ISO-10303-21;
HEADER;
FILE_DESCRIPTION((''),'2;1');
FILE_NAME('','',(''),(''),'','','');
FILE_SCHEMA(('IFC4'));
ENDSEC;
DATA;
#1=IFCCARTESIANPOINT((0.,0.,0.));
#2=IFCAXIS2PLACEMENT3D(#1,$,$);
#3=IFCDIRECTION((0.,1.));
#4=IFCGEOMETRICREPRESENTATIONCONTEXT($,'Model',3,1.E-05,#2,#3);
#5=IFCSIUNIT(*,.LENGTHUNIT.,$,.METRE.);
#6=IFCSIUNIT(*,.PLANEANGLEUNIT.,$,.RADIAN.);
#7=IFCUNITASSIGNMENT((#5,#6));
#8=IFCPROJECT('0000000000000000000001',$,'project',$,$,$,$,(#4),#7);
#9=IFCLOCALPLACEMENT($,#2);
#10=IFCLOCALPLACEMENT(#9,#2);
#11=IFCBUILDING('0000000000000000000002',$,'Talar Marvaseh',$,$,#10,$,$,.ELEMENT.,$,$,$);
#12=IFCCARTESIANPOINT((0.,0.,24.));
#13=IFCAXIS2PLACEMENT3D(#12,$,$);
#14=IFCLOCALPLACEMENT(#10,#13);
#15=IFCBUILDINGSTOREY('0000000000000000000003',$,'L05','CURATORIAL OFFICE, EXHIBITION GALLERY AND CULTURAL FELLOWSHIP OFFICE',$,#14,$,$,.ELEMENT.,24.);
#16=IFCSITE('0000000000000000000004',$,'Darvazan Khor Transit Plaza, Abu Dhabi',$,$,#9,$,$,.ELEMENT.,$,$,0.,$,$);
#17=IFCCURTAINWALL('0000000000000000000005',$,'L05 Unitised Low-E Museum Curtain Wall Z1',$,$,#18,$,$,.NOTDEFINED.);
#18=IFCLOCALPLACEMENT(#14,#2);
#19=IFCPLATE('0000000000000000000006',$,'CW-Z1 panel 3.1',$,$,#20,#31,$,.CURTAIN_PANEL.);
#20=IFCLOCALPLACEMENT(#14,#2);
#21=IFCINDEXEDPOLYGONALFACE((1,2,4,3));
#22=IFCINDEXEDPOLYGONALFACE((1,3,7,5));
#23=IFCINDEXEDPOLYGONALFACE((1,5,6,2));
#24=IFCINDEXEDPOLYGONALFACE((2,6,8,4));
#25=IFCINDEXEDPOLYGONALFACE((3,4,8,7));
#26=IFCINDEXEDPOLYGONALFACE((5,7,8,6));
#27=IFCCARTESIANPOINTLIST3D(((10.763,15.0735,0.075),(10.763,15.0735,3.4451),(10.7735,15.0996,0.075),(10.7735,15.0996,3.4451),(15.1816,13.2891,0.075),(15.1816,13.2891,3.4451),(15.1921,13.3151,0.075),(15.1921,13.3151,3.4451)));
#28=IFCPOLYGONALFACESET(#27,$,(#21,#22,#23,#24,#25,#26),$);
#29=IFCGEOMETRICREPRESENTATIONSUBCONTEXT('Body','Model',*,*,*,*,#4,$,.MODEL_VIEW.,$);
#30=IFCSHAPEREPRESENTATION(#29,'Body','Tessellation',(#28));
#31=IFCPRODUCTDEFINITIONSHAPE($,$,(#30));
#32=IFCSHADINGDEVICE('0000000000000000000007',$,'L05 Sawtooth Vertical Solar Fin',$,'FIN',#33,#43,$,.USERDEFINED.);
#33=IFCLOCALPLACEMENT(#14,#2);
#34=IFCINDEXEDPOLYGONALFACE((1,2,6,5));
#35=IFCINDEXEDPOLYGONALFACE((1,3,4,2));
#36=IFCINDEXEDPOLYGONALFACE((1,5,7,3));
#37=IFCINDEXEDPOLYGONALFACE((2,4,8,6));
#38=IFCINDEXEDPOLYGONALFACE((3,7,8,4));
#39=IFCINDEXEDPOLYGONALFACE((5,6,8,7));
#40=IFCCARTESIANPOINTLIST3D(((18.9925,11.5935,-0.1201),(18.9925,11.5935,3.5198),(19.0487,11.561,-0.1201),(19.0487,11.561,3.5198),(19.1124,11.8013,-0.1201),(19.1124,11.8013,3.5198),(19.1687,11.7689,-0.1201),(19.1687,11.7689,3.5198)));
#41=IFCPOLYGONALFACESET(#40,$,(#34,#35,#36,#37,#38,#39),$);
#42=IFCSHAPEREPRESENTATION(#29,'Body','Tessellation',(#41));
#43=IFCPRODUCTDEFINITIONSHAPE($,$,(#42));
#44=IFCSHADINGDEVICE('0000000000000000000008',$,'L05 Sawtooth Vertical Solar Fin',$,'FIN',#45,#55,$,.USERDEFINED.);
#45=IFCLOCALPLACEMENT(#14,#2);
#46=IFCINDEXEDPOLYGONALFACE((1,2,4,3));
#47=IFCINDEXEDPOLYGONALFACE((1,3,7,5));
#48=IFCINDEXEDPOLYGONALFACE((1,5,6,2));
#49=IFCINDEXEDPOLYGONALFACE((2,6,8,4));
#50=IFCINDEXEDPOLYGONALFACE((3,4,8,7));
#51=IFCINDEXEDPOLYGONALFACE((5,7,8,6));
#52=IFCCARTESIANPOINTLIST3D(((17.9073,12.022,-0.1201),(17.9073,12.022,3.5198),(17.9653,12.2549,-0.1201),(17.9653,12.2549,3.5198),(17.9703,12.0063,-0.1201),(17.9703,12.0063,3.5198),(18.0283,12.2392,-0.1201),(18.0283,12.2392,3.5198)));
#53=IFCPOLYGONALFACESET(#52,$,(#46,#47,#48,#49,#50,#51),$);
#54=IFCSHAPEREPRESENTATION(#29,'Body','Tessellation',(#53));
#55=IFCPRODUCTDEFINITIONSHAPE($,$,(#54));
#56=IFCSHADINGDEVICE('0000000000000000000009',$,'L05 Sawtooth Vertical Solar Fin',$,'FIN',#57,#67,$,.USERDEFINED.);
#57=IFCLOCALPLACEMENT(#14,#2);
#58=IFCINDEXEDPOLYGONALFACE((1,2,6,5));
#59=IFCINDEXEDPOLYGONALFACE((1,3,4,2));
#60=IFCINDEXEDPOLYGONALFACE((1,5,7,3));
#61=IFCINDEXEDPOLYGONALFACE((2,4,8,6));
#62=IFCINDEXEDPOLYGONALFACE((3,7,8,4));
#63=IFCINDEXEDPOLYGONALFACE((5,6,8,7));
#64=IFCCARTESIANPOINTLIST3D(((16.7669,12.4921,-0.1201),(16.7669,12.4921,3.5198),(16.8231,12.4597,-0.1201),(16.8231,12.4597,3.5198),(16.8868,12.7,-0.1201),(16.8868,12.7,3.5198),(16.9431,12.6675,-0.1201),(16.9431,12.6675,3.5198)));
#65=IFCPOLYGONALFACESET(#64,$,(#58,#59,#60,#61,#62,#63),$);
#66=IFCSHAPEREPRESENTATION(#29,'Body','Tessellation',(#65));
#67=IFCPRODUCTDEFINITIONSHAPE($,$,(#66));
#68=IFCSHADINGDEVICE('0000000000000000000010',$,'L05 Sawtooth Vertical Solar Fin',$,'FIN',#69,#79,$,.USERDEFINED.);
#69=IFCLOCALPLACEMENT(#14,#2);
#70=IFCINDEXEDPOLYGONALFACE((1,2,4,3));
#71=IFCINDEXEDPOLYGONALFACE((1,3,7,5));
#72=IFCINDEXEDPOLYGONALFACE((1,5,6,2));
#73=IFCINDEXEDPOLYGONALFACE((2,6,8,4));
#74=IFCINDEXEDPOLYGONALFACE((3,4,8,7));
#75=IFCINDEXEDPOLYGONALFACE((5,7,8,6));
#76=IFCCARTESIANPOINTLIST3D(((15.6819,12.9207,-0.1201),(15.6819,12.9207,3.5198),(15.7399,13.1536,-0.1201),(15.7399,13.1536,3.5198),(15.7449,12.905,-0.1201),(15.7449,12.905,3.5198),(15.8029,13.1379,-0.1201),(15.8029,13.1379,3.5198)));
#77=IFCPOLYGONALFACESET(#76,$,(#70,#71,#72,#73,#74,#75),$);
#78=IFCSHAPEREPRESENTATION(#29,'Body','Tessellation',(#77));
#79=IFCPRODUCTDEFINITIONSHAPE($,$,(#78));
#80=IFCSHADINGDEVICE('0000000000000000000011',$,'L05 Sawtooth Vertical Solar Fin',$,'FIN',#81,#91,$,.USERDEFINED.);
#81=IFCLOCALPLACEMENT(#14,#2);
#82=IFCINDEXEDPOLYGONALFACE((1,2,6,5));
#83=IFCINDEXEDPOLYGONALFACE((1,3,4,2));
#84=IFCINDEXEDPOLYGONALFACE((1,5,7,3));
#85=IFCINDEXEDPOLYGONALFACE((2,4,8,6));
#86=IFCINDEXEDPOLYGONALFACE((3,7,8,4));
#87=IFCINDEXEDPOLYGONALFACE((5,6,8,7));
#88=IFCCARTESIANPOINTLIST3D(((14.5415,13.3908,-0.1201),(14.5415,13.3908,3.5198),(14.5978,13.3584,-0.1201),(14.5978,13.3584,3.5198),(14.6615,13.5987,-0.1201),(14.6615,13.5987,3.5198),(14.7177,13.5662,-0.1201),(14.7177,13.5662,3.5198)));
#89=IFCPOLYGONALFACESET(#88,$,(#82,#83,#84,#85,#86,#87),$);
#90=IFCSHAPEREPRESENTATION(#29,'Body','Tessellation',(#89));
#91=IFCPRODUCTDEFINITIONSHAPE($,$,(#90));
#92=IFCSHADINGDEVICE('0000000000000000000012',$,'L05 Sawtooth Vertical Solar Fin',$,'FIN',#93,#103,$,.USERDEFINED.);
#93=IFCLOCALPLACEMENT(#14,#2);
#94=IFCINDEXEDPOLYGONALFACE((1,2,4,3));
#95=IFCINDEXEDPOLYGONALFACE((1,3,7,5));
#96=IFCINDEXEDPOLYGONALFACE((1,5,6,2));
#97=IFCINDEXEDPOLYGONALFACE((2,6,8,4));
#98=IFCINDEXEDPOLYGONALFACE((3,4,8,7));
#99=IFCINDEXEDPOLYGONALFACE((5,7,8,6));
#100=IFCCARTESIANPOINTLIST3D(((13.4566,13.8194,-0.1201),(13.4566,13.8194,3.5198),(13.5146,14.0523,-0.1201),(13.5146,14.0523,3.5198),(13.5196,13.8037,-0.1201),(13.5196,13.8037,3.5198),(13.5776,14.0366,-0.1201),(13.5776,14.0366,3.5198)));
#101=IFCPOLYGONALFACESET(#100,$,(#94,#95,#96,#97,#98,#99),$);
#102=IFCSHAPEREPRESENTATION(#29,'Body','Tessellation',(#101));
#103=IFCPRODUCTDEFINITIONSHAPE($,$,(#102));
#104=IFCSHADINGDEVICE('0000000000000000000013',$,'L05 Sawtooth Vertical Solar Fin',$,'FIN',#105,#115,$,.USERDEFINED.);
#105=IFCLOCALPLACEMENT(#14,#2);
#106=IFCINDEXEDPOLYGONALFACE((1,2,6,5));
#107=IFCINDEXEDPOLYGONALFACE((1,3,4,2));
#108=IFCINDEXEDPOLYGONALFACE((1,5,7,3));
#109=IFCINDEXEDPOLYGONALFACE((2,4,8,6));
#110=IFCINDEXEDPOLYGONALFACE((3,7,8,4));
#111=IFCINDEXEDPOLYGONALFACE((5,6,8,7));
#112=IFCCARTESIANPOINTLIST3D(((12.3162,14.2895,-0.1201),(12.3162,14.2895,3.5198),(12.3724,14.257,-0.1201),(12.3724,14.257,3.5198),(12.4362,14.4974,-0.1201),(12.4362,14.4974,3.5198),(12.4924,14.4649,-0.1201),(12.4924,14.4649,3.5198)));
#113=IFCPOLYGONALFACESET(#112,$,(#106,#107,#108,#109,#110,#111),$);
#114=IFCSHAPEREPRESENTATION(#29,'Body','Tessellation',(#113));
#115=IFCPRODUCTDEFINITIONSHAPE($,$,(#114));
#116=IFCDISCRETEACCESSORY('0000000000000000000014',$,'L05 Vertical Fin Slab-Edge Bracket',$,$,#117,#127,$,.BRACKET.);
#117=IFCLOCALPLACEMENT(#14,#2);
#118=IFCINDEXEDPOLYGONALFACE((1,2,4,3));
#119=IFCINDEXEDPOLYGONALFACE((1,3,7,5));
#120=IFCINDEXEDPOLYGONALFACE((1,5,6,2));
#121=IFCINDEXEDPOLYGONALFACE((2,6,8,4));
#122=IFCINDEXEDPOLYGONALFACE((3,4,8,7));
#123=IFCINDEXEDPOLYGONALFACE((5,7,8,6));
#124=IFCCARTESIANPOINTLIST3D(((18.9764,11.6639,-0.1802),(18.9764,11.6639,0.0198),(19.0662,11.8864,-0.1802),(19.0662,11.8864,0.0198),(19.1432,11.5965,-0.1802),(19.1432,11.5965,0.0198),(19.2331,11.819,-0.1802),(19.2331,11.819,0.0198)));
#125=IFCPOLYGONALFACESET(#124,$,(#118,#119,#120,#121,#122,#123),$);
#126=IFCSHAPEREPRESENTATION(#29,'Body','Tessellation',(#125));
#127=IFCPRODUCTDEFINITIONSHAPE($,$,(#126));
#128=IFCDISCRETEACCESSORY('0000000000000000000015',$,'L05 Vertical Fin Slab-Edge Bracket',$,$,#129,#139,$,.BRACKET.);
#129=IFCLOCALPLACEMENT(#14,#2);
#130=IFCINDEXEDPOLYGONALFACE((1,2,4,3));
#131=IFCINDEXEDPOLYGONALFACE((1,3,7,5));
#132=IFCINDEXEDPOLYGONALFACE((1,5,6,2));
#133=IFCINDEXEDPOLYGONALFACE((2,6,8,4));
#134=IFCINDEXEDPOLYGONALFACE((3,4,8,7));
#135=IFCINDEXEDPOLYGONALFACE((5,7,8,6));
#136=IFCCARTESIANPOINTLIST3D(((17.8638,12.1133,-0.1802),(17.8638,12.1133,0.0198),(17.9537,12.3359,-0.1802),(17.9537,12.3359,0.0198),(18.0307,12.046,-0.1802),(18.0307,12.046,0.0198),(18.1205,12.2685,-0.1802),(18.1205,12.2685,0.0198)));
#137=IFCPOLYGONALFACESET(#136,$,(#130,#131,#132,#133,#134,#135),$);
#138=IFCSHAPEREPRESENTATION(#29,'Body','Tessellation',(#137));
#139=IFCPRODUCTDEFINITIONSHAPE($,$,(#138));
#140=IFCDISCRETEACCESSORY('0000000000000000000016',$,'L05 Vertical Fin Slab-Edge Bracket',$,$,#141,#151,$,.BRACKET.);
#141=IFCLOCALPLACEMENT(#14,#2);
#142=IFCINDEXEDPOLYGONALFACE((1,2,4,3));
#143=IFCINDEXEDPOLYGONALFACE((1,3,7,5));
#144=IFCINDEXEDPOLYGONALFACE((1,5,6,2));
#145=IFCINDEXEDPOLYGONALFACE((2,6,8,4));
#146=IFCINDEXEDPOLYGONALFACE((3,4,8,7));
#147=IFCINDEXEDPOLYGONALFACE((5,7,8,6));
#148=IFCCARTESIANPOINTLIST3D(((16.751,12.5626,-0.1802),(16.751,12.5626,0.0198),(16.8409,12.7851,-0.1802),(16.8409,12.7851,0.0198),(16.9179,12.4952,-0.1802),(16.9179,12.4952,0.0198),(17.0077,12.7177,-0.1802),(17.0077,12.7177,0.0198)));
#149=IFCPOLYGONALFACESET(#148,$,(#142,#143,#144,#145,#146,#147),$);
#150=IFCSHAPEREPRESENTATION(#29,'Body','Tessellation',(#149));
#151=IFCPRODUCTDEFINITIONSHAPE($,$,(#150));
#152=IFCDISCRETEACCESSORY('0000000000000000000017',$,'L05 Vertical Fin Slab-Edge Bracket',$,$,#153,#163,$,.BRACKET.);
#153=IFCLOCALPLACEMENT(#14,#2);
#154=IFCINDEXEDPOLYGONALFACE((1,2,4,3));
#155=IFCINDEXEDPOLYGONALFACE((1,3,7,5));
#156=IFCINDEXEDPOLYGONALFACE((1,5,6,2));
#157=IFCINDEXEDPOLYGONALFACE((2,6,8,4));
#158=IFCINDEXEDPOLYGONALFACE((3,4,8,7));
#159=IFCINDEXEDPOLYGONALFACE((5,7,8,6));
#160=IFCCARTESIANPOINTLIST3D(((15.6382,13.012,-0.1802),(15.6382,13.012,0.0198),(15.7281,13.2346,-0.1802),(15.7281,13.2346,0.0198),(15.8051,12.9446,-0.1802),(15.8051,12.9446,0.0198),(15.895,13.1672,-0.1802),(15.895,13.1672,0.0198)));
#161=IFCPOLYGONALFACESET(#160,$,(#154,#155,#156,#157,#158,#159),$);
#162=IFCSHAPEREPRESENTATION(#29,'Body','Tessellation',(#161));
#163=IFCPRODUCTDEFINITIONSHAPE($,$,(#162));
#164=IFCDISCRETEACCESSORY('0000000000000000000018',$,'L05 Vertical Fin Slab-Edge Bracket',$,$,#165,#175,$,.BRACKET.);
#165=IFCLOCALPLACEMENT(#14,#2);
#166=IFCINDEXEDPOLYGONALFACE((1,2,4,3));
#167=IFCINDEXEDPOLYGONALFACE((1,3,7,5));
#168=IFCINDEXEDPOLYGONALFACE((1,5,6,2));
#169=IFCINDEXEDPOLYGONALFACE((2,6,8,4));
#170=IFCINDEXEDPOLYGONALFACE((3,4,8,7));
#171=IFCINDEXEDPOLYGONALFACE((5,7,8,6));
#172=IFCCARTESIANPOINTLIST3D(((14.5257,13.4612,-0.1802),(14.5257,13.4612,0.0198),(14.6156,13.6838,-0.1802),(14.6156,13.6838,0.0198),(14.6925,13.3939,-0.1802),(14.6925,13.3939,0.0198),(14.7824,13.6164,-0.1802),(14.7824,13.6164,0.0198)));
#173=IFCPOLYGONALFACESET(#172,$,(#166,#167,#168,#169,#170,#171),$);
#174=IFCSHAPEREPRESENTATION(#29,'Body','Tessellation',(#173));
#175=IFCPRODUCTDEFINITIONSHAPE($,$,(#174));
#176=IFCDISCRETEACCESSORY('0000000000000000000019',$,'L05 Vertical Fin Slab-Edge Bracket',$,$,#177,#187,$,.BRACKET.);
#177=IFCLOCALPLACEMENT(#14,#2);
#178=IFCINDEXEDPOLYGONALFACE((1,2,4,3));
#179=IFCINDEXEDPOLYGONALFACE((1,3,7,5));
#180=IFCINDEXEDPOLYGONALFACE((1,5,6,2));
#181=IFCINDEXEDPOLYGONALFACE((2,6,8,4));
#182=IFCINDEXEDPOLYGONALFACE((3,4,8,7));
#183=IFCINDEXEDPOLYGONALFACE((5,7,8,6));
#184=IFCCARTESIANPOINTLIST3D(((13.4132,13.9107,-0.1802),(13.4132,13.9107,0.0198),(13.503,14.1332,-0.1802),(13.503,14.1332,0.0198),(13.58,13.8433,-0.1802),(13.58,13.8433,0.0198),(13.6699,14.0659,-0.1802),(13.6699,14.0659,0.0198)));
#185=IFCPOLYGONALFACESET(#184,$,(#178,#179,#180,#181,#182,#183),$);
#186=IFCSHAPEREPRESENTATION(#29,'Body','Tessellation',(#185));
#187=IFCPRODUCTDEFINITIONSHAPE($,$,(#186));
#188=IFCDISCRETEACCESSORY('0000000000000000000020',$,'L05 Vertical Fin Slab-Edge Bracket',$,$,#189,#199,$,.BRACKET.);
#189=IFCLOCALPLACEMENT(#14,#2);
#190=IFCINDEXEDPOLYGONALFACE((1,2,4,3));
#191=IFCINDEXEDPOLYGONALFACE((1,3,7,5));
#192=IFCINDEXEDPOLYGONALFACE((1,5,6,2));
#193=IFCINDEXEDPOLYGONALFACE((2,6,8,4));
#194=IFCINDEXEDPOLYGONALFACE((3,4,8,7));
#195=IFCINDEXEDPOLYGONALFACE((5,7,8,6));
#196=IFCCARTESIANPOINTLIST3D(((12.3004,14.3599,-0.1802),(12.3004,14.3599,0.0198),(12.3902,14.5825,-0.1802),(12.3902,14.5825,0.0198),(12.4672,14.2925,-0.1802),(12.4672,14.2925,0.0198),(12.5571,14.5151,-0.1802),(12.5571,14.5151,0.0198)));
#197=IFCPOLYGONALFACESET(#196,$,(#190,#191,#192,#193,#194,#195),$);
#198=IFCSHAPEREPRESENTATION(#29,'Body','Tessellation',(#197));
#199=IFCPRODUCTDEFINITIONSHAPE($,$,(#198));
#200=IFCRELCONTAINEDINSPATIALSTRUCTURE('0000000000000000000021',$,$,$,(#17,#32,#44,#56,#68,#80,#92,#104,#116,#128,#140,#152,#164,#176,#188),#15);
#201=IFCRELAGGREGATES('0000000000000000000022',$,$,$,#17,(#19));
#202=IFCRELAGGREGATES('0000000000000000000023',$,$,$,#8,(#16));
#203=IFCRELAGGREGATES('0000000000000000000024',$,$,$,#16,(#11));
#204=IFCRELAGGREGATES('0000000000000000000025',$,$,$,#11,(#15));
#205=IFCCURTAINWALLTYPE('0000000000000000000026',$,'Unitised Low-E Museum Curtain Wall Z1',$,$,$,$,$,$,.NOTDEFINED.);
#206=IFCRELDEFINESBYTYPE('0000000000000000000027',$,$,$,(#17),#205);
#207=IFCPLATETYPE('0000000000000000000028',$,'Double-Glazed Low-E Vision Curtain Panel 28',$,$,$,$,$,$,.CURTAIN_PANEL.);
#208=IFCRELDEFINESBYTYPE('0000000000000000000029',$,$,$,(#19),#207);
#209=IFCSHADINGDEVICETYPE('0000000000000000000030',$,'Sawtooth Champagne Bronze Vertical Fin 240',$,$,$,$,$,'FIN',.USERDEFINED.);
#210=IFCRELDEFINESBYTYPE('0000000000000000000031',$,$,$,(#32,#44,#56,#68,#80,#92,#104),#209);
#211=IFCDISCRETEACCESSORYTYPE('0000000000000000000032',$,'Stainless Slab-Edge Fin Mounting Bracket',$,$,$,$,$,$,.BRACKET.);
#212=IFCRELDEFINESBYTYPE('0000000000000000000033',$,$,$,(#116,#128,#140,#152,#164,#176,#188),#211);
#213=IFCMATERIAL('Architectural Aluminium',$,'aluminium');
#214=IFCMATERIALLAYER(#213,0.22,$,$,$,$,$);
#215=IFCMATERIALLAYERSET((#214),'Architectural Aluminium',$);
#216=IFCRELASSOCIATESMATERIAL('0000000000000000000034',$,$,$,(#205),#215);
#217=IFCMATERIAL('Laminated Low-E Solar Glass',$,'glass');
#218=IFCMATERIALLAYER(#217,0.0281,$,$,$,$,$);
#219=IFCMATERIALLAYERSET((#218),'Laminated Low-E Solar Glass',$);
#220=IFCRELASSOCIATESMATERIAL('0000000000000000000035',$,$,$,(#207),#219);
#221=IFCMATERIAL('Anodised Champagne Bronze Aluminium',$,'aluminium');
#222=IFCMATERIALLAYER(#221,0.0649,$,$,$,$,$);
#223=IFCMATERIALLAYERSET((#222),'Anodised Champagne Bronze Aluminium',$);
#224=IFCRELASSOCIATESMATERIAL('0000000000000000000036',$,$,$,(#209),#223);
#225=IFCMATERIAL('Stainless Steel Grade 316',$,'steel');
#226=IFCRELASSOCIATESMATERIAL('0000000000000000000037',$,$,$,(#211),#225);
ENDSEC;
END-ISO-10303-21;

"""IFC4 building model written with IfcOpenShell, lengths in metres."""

from ifc_helpers import new_model, si_unit, direction, frame, origin, origin_2d, place, context, subcontext, project, spatial, rectangle, extrude, source, transform, mapped, material, layer, layer_set, type_object, type_shapes, element, aggregate, save


model = new_model("IFC4")

# Units and contexts
model_context = context("Model", 3, precision=1e-05, world=origin(), true_north=direction((0.0, 1.0)))
body_context = subcontext(model_context, "Body", "Model", "MODEL_VIEW")
ifc_project = project(units=[si_unit("LENGTHUNIT", "METRE"), si_unit("PLANEANGLEUNIT", "RADIAN")], contexts=[model_context])

# Site, building, storey
site_placement = place(None, origin())
site = spatial("IfcSite", under=ifc_project, at=site_placement, Name="Darvazan Khor Transit Plaza, Abu Dhabi", CompositionType="ELEMENT", RefElevation=0.0)
building_placement = place(site_placement, origin())
building = spatial("IfcBuilding", under=site, at=building_placement, Name="Talar Marvaseh", CompositionType="ELEMENT")
storey_placement = place(building_placement, frame((0.0, 0.0, 24.0)))
storey = spatial("IfcBuildingStorey", under=building, at=storey_placement, Name="L05", Description="CURATORIAL OFFICE, EXHIBITION GALLERY AND CULTURAL FELLOWSHIP OFFICE", CompositionType="ELEMENT", Elevation=24.0)

# Curtain wall, plate
ifc_material_1 = material(Name="Architectural Aluminium", Category="aluminium")
ifc_layer_1 = layer(ifc_material_1, 0.22)
ifc_layer_set_1 = layer_set([ifc_layer_1], Name="Architectural Aluminium")
curtain_wall_type = type_object("IfcCurtainWallType", Name="Unitised Low-E Museum Curtain Wall Z1", PredefinedType="NOTDEFINED", material=ifc_layer_set_1)
curtain_wall_placement = place(storey_placement, origin())
curtain_wall = element("IfcCurtainWall", 1, at=curtain_wall_placement, inside=storey, type_object=curtain_wall_type, Name="L05 Unitised Low-E Museum Curtain Wall Z1", PredefinedType="NOTDEFINED")
ifc_material_2 = material(Name="Laminated Low-E Solar Glass", Category="glass")
ifc_layer_2 = layer(ifc_material_2, 0.0281)
ifc_layer_set_2 = layer_set([ifc_layer_2], Name="Laminated Low-E Solar Glass")
plate_type = type_object("IfcPlateType", Name="Double-Glazed Low-E Vision Curtain Panel 28", PredefinedType="CURTAIN_PANEL", material=ifc_layer_set_2)
shared_shape_1 = source(origin(), body_context, "Body", "SweptSolid", [
    extrude(rectangle(XDim=4.7654, YDim=0.0281, at=origin_2d()), origin(), (0.0, 0.0, 1.0), 3.3701),
])
type_shapes(plate_type, [shared_shape_1])
plate_1_placement = place(storey_placement, frame((12.9775, 14.1943, 0.075), z_axis=(0.0, 0.0, 1.0), x_axis=(-0.927242, 0.374463, 0.0)))
plate_1 = element("IfcPlate", 2, at=plate_1_placement, type_object=plate_type, Name="CW-Z1 panel 3.1", PredefinedType="CURTAIN_PANEL", context=body_context, shape_type="MappedRepresentation", body=[
    mapped(shared_shape_1, transform((0.0, 0.0, 0.0), x_axis=(1.0, 0.0, 0.0), y_axis=(0.0, 1.0, 0.0), z_axis=(0.0, 0.0, 1.0), scale=1.0)),
])
aggregate(curtain_wall, [plate_1])

# Shading devices
ifc_material_3 = material(Name="Anodised Champagne Bronze Aluminium", Category="aluminium")
ifc_layer_3 = layer(ifc_material_3, 0.0649)
ifc_layer_set_3 = layer_set([ifc_layer_3], Name="Anodised Champagne Bronze Aluminium")
shading_device_type = type_object("IfcShadingDeviceType", Name="Sawtooth Champagne Bronze Vertical Fin 240", ElementType="FIN", PredefinedType="USERDEFINED", material=ifc_layer_set_3)
shared_shape_2 = source(origin(), body_context, "Body", "SweptSolid", [
    extrude(rectangle(XDim=0.24, YDim=0.0649, at=origin_2d()), origin(), (0.0, 0.0, 1.0), 3.6399),
])
type_shapes(shading_device_type, [shared_shape_2])
for number, where, z_axis, x_axis, name in (
    (3, (19.0806, 11.6812, -0.1201), (0.0, 0.0, 1.0), (-0.499849, -0.866113, 0.0), "L05 Sawtooth Vertical Solar Fin"),
    (4, (17.9678, 12.1306, -0.1201), (0.0, 0.0, 1.0), (-0.241753, -0.970338, 0.0), "L05 Sawtooth Vertical Solar Fin"),
    (5, (16.855, 12.5798, -0.1201), (0.0, 0.0, 1.0), (-0.499849, -0.866113, 0.0), "L05 Sawtooth Vertical Solar Fin"),
    (6, (15.7424, 13.0293, -0.1201), (0.0, 0.0, 1.0), (-0.241753, -0.970338, 0.0), "L05 Sawtooth Vertical Solar Fin"),
    (7, (14.6296, 13.4785, -0.1201), (0.0, 0.0, 1.0), (-0.499849, -0.866113, 0.0), "L05 Sawtooth Vertical Solar Fin"),
    (8, (13.5171, 13.928, -0.1201), (0.0, 0.0, 1.0), (-0.241753, -0.970338, 0.0), "L05 Sawtooth Vertical Solar Fin"),
    (9, (12.4043, 14.3772, -0.1201), (0.0, 0.0, 1.0), (-0.499849, -0.866113, 0.0), "L05 Sawtooth Vertical Solar Fin"),
):
    element("IfcShadingDevice", number, at=place(storey_placement, frame(where, z_axis=z_axis, x_axis=x_axis)), inside=storey, type_object=shading_device_type, Name=name, ObjectType="FIN", PredefinedType="USERDEFINED", context=body_context, shape_type="MappedRepresentation", body=[
        mapped(shared_shape_2, transform((0.0, 0.0, 0.0), x_axis=(1.0, 0.0, 0.0), y_axis=(0.0, 1.0, 0.0), z_axis=(0.0, 0.0, 1.0), scale=1.0)),
    ])

# Discrete accessories
ifc_material_4 = material(Name="Stainless Steel Grade 316", Category="steel")
discrete_accessory_type = type_object("IfcDiscreteAccessoryType", Name="Stainless Slab-Edge Fin Mounting Bracket", PredefinedType="BRACKET", material=ifc_material_4)
shared_shape_3 = source(origin(), body_context, "Body", "SweptSolid", [
    extrude(rectangle(XDim=0.24, YDim=0.1799, at=origin_2d()), origin(), (0.0, 0.0, 1.0), 0.2),
])
type_shapes(discrete_accessory_type, [shared_shape_3])
for number, where, z_axis, x_axis, name in (
    (10, (19.1047, 11.7415, -0.1802), (0.0, 0.0, 1.0), (-0.374445, -0.927249, 0.0), "L05 Vertical Fin Slab-Edge Bracket"),
    (11, (17.9922, 12.1909, -0.1802), (0.0, 0.0, 1.0), (-0.374445, -0.927249, 0.0), "L05 Vertical Fin Slab-Edge Bracket"),
    (12, (16.8794, 12.6401, -0.1802), (0.0, 0.0, 1.0), (-0.374445, -0.927249, 0.0), "L05 Vertical Fin Slab-Edge Bracket"),
    (13, (15.7666, 13.0896, -0.1802), (0.0, 0.0, 1.0), (-0.374445, -0.927249, 0.0), "L05 Vertical Fin Slab-Edge Bracket"),
    (14, (14.6541, 13.5388, -0.1802), (0.0, 0.0, 1.0), (-0.374445, -0.927249, 0.0), "L05 Vertical Fin Slab-Edge Bracket"),
    (15, (13.5415, 13.9883, -0.1802), (0.0, 0.0, 1.0), (-0.374445, -0.927249, 0.0), "L05 Vertical Fin Slab-Edge Bracket"),
    (16, (12.4287, 14.4375, -0.1802), (0.0, 0.0, 1.0), (-0.374445, -0.927249, 0.0), "L05 Vertical Fin Slab-Edge Bracket"),
):
    element("IfcDiscreteAccessory", number, at=place(storey_placement, frame(where, z_axis=z_axis, x_axis=x_axis)), inside=storey, type_object=discrete_accessory_type, Name=name, PredefinedType="BRACKET", context=body_context, shape_type="MappedRepresentation", body=[
        mapped(shared_shape_3, transform((0.0, 0.0, 0.0), x_axis=(1.0, 0.0, 0.0), y_axis=(0.0, 1.0, 0.0), z_axis=(0.0, 0.0, 1.0), scale=1.0)),
    ])

save(model, "model.ifc")
